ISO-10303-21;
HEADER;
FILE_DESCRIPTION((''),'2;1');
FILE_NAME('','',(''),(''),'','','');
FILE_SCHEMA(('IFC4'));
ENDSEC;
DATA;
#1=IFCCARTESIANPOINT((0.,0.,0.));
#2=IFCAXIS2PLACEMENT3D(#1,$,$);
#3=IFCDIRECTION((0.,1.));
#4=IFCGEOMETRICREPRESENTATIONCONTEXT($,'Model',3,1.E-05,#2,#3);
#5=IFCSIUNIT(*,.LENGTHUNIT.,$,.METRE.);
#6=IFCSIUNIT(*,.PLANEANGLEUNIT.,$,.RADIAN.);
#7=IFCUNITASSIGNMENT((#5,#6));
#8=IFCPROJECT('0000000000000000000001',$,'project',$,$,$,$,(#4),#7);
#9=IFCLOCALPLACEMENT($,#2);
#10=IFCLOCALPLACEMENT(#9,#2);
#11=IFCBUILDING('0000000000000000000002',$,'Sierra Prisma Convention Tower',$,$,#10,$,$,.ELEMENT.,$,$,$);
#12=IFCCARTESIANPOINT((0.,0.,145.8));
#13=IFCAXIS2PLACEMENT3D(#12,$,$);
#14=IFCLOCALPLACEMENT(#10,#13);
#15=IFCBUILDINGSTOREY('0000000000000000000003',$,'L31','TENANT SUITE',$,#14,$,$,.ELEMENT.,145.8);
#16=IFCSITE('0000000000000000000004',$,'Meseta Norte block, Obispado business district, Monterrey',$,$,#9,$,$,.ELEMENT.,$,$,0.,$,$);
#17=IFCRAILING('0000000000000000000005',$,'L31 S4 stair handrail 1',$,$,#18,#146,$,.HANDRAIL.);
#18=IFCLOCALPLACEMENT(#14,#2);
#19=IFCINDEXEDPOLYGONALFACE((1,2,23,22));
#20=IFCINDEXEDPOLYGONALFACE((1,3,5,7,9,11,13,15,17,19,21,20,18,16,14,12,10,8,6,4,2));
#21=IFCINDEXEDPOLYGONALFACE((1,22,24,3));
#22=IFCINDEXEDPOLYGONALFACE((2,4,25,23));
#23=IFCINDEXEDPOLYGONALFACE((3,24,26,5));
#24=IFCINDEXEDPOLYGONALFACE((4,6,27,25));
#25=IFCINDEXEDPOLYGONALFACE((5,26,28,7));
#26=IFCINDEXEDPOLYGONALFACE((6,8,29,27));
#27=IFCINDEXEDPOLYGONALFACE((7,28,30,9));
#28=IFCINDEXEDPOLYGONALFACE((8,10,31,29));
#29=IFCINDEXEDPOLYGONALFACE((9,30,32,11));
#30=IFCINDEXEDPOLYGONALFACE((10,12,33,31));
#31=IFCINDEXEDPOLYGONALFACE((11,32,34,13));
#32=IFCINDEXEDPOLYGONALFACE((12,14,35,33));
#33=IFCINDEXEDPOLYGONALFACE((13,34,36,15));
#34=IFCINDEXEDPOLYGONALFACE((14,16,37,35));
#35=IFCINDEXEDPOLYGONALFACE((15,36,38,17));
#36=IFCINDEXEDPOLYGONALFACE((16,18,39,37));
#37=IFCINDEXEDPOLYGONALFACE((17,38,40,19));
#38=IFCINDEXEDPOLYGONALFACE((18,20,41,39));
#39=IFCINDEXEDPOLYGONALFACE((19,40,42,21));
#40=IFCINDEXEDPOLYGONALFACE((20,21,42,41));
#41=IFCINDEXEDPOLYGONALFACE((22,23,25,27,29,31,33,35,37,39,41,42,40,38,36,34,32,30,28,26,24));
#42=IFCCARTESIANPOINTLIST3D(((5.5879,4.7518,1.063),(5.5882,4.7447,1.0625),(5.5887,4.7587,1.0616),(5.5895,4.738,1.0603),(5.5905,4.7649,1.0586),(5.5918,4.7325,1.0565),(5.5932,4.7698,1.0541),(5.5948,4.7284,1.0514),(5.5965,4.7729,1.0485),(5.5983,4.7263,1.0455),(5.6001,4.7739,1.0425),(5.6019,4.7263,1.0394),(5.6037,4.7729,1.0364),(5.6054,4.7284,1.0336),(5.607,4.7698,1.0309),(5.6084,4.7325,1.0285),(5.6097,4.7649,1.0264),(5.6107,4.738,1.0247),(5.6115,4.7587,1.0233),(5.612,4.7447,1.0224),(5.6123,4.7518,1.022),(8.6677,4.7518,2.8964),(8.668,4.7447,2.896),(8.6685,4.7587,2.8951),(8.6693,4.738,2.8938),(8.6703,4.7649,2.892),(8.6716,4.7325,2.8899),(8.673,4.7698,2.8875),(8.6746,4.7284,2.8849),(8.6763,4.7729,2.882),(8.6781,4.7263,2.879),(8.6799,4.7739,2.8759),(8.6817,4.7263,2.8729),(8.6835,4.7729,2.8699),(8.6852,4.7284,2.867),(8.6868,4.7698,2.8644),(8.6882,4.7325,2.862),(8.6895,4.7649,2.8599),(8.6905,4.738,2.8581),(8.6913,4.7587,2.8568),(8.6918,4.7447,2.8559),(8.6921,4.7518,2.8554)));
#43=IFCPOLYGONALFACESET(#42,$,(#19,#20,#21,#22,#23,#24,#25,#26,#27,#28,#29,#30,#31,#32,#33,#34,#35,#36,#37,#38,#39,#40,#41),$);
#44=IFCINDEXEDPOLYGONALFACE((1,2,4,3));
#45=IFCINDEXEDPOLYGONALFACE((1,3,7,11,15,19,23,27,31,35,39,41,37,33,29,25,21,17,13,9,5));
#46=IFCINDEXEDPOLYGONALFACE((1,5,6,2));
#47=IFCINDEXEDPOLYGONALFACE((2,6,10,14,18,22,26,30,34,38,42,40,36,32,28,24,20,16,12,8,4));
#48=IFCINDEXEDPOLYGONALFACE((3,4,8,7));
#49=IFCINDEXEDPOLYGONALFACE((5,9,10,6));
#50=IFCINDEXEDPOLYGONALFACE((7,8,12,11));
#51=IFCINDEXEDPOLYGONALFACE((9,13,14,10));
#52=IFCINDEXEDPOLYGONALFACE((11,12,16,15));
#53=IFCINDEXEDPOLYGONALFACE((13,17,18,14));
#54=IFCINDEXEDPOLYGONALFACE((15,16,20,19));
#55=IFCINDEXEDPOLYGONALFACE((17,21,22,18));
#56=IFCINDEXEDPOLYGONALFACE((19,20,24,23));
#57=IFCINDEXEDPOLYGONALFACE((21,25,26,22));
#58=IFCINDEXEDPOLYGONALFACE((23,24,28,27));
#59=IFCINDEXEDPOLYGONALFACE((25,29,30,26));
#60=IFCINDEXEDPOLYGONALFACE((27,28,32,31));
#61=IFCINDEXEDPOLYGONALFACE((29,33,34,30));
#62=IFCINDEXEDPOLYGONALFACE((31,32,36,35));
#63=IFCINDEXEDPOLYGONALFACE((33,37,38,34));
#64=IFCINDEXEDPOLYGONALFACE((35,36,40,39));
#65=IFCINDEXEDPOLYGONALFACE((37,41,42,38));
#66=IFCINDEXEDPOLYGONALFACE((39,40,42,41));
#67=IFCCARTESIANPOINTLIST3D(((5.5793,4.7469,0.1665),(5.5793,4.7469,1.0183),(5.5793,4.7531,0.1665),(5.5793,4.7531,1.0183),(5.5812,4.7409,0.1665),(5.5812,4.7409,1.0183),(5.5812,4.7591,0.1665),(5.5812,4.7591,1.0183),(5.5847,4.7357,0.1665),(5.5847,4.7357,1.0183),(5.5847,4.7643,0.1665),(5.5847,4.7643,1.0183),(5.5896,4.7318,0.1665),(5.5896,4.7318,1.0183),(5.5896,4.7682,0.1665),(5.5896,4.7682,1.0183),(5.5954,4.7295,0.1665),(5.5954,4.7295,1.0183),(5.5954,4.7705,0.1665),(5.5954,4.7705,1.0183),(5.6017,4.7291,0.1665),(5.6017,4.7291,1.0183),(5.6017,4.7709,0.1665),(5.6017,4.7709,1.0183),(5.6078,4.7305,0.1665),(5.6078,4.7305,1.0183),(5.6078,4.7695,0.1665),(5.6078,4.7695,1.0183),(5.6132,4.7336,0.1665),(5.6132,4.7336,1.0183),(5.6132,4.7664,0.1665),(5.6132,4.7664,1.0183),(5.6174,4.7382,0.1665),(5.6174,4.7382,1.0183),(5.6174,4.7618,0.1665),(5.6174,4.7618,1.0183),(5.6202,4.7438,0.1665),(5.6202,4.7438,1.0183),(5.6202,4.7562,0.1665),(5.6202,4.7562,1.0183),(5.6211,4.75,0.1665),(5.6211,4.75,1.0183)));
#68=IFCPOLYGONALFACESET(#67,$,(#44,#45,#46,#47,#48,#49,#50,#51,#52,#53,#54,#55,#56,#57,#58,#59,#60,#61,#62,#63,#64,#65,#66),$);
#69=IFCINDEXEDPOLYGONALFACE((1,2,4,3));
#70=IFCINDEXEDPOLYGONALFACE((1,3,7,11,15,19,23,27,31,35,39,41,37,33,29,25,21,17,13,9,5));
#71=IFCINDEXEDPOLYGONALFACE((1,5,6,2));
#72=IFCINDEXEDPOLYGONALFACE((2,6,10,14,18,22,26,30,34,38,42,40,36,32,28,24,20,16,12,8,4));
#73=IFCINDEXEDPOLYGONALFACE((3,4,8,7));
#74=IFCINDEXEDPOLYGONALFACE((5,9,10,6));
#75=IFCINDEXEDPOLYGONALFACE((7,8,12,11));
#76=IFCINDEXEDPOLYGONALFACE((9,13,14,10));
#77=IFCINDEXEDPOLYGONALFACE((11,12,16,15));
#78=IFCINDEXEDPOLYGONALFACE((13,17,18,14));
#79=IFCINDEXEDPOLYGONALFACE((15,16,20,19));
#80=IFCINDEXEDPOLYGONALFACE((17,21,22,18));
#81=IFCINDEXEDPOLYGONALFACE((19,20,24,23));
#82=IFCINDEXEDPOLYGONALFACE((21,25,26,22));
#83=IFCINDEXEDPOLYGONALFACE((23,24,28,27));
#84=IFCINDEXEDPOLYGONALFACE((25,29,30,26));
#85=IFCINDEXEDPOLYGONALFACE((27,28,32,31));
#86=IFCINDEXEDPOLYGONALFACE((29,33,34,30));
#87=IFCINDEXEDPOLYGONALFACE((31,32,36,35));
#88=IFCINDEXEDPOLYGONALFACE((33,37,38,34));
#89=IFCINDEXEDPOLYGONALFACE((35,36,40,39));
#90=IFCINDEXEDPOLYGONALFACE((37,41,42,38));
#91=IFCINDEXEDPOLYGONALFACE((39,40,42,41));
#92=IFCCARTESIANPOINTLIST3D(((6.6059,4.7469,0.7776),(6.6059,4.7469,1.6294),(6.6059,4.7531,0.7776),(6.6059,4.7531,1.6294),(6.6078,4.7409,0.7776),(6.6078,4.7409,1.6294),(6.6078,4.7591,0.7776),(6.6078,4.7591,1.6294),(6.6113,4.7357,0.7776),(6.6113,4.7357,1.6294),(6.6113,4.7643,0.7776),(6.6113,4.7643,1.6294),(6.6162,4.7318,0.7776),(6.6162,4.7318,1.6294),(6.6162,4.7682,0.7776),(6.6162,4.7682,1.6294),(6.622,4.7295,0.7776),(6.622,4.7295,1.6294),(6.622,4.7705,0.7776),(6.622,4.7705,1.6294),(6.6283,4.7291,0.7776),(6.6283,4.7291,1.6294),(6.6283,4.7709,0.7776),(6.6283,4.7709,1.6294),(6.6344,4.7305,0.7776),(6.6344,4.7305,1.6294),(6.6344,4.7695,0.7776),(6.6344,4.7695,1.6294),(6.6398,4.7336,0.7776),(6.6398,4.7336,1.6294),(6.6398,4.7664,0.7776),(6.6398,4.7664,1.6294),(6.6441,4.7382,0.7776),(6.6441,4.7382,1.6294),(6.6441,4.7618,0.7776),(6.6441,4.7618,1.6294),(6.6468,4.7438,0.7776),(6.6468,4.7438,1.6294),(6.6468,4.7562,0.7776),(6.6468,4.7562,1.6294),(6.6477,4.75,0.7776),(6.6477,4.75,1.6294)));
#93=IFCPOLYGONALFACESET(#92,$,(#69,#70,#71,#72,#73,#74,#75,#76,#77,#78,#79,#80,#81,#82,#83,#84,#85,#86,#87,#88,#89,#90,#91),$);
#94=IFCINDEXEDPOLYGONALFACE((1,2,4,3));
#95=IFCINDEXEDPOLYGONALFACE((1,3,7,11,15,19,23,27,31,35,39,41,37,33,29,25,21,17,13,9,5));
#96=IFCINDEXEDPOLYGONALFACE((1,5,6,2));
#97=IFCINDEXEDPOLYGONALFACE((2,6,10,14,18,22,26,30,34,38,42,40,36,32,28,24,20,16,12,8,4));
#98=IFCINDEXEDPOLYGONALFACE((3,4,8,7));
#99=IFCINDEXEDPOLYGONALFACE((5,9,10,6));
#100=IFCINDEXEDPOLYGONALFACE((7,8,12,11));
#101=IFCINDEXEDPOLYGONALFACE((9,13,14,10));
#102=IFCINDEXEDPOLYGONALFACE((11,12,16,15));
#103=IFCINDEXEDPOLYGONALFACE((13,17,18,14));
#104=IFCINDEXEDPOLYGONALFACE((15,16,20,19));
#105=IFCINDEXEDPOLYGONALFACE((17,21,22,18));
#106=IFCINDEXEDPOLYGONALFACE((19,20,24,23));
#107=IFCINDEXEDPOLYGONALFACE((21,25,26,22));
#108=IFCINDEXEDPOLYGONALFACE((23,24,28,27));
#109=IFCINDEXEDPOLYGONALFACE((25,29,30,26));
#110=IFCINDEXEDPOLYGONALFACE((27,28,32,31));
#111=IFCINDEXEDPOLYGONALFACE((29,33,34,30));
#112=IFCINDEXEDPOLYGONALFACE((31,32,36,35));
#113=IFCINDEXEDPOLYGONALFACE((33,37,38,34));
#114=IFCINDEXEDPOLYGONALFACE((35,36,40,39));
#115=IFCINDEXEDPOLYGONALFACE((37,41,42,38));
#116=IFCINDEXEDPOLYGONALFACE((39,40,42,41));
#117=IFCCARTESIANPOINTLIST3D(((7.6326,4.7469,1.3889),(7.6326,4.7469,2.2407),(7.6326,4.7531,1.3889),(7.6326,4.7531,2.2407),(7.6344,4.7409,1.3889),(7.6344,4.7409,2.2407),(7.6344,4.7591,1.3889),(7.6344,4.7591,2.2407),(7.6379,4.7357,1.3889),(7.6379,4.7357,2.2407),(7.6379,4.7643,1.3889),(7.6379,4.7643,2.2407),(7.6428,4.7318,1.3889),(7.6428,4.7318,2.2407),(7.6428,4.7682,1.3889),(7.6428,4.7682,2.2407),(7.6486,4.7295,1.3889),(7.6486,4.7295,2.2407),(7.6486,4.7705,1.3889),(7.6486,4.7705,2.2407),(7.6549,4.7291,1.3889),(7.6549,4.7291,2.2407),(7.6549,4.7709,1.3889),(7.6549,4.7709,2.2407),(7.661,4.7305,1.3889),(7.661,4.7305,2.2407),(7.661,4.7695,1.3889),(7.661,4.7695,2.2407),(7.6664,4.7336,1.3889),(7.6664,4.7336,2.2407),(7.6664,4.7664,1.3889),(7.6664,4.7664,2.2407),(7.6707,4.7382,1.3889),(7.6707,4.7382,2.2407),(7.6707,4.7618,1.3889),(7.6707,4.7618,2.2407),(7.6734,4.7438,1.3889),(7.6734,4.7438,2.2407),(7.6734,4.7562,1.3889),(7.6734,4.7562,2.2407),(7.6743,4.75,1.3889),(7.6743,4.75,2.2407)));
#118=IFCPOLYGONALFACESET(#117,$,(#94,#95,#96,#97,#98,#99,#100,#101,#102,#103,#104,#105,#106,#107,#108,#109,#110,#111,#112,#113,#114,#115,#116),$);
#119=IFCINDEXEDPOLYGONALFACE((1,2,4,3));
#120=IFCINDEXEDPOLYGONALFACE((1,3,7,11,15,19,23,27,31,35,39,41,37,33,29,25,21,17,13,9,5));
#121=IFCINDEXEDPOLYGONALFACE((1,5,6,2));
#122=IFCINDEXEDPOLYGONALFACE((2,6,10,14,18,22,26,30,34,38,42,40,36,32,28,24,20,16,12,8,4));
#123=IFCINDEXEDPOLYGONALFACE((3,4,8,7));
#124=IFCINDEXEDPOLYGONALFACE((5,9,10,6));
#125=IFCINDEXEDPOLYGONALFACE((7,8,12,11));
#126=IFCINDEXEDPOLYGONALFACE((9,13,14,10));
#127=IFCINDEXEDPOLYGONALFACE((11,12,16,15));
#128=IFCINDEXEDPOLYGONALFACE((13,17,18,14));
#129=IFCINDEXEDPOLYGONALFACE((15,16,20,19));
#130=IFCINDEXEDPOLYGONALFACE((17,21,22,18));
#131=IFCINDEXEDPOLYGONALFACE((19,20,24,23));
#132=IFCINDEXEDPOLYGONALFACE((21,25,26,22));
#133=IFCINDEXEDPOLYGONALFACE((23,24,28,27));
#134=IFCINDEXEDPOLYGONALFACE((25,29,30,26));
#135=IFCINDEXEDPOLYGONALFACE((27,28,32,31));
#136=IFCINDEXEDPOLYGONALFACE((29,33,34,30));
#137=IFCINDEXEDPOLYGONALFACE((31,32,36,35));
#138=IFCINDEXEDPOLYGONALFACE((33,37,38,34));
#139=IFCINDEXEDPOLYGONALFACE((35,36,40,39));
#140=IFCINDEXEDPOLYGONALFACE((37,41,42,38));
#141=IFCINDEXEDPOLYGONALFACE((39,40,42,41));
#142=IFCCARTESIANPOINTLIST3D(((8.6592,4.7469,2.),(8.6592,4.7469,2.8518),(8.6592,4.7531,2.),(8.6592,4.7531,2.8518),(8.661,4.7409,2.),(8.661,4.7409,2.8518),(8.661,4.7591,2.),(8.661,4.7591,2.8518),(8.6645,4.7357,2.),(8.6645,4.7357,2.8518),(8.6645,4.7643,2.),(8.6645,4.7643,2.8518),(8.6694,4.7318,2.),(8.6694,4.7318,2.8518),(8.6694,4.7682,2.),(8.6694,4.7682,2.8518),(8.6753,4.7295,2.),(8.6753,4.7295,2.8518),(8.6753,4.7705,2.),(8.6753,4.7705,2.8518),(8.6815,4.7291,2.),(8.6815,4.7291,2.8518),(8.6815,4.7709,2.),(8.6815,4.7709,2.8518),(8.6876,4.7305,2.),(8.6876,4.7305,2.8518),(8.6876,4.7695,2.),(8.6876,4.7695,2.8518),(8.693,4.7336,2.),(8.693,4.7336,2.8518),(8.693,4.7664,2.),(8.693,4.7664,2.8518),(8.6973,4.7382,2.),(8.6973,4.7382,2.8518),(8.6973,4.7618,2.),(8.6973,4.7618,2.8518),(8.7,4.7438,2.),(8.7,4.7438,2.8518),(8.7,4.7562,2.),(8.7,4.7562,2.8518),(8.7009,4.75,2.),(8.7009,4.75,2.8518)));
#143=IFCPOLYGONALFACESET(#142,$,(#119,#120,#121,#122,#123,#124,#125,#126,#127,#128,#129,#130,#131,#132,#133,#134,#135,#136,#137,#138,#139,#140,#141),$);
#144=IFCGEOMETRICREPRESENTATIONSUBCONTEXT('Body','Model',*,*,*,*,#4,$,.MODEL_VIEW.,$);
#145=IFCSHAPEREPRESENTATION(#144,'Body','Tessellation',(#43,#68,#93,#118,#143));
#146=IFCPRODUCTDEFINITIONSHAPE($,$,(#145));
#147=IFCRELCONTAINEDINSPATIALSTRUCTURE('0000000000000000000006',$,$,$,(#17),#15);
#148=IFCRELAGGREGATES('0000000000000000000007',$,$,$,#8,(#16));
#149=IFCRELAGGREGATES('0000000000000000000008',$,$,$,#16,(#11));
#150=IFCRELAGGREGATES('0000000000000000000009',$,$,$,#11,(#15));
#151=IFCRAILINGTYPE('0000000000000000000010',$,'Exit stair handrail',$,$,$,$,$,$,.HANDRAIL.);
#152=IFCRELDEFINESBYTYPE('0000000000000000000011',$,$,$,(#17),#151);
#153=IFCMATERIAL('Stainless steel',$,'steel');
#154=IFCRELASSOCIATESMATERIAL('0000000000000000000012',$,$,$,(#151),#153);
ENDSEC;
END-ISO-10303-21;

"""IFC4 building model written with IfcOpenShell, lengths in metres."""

from ifc_helpers import new_model, si_unit, direction, frame, origin, origin_2d, place, context, subcontext, project, spatial, circle, extrude, material, type_object, element, save


model = new_model("IFC4")

# Units and contexts
model_context = context("Model", 3, precision=1e-05, world=origin(), true_north=direction((0.0, 1.0)))
body_context = subcontext(model_context, "Body", "Model", "MODEL_VIEW")
ifc_project = project(units=[si_unit("LENGTHUNIT", "METRE"), si_unit("PLANEANGLEUNIT", "RADIAN")], contexts=[model_context])

# Site, building, storey
site_placement = place(None, origin())
site = spatial("IfcSite", under=ifc_project, at=site_placement, Name="Meseta Norte block, Obispado business district, Monterrey", CompositionType="ELEMENT", RefElevation=0.0)
building_placement = place(site_placement, origin())
building = spatial("IfcBuilding", under=site, at=building_placement, Name="Sierra Prisma Convention Tower", CompositionType="ELEMENT")
storey_placement = place(building_placement, frame((0.0, 0.0, 145.8)))
storey = spatial("IfcBuildingStorey", under=building, at=storey_placement, Name="L31", Description="TENANT SUITE", CompositionType="ELEMENT", Elevation=145.8)

# Railing
ifc_material_1 = material(Name="Stainless steel", Category="steel")
railing_type_1 = type_object("IfcRailingType", Name="Exit stair handrail", PredefinedType="HANDRAIL", material=ifc_material_1)
railing_1_placement = place(storey_placement, frame((5.6001, 4.75, 0.1665)))
element("IfcRailing", 1, at=railing_1_placement, inside=storey, type_object=railing_type_1, Name="L31 S4 stair handrail 1", PredefinedType="HANDRAIL", context=body_context, shape_type="SweptSolid", body=[
    extrude(circle(Radius=0.0239, at=origin_2d()), frame((0.0, 0.0, 0.876), z_axis=(0.859261, 0.0, 0.511538), x_axis=(0.0, 1.0, 0.0)), (0.0, 0.0, 1.0), 3.5842),
    extrude(circle(Radius=0.021, at=origin_2d()), origin(), (0.0, 0.0, 1.0), 0.8518),
    extrude(circle(Radius=0.021, at=origin_2d()), frame((1.0266, 0.0, 0.6111)), (0.0, 0.0, 1.0), 0.8518),
    extrude(circle(Radius=0.021, at=origin_2d()), frame((2.0532, 0.0, 1.2224)), (0.0, 0.0, 1.0), 0.8518),
    extrude(circle(Radius=0.021, at=origin_2d()), frame((3.0798, 0.0, 1.8335)), (0.0, 0.0, 1.0), 0.8518),
])

save(model, "model.ifc")
